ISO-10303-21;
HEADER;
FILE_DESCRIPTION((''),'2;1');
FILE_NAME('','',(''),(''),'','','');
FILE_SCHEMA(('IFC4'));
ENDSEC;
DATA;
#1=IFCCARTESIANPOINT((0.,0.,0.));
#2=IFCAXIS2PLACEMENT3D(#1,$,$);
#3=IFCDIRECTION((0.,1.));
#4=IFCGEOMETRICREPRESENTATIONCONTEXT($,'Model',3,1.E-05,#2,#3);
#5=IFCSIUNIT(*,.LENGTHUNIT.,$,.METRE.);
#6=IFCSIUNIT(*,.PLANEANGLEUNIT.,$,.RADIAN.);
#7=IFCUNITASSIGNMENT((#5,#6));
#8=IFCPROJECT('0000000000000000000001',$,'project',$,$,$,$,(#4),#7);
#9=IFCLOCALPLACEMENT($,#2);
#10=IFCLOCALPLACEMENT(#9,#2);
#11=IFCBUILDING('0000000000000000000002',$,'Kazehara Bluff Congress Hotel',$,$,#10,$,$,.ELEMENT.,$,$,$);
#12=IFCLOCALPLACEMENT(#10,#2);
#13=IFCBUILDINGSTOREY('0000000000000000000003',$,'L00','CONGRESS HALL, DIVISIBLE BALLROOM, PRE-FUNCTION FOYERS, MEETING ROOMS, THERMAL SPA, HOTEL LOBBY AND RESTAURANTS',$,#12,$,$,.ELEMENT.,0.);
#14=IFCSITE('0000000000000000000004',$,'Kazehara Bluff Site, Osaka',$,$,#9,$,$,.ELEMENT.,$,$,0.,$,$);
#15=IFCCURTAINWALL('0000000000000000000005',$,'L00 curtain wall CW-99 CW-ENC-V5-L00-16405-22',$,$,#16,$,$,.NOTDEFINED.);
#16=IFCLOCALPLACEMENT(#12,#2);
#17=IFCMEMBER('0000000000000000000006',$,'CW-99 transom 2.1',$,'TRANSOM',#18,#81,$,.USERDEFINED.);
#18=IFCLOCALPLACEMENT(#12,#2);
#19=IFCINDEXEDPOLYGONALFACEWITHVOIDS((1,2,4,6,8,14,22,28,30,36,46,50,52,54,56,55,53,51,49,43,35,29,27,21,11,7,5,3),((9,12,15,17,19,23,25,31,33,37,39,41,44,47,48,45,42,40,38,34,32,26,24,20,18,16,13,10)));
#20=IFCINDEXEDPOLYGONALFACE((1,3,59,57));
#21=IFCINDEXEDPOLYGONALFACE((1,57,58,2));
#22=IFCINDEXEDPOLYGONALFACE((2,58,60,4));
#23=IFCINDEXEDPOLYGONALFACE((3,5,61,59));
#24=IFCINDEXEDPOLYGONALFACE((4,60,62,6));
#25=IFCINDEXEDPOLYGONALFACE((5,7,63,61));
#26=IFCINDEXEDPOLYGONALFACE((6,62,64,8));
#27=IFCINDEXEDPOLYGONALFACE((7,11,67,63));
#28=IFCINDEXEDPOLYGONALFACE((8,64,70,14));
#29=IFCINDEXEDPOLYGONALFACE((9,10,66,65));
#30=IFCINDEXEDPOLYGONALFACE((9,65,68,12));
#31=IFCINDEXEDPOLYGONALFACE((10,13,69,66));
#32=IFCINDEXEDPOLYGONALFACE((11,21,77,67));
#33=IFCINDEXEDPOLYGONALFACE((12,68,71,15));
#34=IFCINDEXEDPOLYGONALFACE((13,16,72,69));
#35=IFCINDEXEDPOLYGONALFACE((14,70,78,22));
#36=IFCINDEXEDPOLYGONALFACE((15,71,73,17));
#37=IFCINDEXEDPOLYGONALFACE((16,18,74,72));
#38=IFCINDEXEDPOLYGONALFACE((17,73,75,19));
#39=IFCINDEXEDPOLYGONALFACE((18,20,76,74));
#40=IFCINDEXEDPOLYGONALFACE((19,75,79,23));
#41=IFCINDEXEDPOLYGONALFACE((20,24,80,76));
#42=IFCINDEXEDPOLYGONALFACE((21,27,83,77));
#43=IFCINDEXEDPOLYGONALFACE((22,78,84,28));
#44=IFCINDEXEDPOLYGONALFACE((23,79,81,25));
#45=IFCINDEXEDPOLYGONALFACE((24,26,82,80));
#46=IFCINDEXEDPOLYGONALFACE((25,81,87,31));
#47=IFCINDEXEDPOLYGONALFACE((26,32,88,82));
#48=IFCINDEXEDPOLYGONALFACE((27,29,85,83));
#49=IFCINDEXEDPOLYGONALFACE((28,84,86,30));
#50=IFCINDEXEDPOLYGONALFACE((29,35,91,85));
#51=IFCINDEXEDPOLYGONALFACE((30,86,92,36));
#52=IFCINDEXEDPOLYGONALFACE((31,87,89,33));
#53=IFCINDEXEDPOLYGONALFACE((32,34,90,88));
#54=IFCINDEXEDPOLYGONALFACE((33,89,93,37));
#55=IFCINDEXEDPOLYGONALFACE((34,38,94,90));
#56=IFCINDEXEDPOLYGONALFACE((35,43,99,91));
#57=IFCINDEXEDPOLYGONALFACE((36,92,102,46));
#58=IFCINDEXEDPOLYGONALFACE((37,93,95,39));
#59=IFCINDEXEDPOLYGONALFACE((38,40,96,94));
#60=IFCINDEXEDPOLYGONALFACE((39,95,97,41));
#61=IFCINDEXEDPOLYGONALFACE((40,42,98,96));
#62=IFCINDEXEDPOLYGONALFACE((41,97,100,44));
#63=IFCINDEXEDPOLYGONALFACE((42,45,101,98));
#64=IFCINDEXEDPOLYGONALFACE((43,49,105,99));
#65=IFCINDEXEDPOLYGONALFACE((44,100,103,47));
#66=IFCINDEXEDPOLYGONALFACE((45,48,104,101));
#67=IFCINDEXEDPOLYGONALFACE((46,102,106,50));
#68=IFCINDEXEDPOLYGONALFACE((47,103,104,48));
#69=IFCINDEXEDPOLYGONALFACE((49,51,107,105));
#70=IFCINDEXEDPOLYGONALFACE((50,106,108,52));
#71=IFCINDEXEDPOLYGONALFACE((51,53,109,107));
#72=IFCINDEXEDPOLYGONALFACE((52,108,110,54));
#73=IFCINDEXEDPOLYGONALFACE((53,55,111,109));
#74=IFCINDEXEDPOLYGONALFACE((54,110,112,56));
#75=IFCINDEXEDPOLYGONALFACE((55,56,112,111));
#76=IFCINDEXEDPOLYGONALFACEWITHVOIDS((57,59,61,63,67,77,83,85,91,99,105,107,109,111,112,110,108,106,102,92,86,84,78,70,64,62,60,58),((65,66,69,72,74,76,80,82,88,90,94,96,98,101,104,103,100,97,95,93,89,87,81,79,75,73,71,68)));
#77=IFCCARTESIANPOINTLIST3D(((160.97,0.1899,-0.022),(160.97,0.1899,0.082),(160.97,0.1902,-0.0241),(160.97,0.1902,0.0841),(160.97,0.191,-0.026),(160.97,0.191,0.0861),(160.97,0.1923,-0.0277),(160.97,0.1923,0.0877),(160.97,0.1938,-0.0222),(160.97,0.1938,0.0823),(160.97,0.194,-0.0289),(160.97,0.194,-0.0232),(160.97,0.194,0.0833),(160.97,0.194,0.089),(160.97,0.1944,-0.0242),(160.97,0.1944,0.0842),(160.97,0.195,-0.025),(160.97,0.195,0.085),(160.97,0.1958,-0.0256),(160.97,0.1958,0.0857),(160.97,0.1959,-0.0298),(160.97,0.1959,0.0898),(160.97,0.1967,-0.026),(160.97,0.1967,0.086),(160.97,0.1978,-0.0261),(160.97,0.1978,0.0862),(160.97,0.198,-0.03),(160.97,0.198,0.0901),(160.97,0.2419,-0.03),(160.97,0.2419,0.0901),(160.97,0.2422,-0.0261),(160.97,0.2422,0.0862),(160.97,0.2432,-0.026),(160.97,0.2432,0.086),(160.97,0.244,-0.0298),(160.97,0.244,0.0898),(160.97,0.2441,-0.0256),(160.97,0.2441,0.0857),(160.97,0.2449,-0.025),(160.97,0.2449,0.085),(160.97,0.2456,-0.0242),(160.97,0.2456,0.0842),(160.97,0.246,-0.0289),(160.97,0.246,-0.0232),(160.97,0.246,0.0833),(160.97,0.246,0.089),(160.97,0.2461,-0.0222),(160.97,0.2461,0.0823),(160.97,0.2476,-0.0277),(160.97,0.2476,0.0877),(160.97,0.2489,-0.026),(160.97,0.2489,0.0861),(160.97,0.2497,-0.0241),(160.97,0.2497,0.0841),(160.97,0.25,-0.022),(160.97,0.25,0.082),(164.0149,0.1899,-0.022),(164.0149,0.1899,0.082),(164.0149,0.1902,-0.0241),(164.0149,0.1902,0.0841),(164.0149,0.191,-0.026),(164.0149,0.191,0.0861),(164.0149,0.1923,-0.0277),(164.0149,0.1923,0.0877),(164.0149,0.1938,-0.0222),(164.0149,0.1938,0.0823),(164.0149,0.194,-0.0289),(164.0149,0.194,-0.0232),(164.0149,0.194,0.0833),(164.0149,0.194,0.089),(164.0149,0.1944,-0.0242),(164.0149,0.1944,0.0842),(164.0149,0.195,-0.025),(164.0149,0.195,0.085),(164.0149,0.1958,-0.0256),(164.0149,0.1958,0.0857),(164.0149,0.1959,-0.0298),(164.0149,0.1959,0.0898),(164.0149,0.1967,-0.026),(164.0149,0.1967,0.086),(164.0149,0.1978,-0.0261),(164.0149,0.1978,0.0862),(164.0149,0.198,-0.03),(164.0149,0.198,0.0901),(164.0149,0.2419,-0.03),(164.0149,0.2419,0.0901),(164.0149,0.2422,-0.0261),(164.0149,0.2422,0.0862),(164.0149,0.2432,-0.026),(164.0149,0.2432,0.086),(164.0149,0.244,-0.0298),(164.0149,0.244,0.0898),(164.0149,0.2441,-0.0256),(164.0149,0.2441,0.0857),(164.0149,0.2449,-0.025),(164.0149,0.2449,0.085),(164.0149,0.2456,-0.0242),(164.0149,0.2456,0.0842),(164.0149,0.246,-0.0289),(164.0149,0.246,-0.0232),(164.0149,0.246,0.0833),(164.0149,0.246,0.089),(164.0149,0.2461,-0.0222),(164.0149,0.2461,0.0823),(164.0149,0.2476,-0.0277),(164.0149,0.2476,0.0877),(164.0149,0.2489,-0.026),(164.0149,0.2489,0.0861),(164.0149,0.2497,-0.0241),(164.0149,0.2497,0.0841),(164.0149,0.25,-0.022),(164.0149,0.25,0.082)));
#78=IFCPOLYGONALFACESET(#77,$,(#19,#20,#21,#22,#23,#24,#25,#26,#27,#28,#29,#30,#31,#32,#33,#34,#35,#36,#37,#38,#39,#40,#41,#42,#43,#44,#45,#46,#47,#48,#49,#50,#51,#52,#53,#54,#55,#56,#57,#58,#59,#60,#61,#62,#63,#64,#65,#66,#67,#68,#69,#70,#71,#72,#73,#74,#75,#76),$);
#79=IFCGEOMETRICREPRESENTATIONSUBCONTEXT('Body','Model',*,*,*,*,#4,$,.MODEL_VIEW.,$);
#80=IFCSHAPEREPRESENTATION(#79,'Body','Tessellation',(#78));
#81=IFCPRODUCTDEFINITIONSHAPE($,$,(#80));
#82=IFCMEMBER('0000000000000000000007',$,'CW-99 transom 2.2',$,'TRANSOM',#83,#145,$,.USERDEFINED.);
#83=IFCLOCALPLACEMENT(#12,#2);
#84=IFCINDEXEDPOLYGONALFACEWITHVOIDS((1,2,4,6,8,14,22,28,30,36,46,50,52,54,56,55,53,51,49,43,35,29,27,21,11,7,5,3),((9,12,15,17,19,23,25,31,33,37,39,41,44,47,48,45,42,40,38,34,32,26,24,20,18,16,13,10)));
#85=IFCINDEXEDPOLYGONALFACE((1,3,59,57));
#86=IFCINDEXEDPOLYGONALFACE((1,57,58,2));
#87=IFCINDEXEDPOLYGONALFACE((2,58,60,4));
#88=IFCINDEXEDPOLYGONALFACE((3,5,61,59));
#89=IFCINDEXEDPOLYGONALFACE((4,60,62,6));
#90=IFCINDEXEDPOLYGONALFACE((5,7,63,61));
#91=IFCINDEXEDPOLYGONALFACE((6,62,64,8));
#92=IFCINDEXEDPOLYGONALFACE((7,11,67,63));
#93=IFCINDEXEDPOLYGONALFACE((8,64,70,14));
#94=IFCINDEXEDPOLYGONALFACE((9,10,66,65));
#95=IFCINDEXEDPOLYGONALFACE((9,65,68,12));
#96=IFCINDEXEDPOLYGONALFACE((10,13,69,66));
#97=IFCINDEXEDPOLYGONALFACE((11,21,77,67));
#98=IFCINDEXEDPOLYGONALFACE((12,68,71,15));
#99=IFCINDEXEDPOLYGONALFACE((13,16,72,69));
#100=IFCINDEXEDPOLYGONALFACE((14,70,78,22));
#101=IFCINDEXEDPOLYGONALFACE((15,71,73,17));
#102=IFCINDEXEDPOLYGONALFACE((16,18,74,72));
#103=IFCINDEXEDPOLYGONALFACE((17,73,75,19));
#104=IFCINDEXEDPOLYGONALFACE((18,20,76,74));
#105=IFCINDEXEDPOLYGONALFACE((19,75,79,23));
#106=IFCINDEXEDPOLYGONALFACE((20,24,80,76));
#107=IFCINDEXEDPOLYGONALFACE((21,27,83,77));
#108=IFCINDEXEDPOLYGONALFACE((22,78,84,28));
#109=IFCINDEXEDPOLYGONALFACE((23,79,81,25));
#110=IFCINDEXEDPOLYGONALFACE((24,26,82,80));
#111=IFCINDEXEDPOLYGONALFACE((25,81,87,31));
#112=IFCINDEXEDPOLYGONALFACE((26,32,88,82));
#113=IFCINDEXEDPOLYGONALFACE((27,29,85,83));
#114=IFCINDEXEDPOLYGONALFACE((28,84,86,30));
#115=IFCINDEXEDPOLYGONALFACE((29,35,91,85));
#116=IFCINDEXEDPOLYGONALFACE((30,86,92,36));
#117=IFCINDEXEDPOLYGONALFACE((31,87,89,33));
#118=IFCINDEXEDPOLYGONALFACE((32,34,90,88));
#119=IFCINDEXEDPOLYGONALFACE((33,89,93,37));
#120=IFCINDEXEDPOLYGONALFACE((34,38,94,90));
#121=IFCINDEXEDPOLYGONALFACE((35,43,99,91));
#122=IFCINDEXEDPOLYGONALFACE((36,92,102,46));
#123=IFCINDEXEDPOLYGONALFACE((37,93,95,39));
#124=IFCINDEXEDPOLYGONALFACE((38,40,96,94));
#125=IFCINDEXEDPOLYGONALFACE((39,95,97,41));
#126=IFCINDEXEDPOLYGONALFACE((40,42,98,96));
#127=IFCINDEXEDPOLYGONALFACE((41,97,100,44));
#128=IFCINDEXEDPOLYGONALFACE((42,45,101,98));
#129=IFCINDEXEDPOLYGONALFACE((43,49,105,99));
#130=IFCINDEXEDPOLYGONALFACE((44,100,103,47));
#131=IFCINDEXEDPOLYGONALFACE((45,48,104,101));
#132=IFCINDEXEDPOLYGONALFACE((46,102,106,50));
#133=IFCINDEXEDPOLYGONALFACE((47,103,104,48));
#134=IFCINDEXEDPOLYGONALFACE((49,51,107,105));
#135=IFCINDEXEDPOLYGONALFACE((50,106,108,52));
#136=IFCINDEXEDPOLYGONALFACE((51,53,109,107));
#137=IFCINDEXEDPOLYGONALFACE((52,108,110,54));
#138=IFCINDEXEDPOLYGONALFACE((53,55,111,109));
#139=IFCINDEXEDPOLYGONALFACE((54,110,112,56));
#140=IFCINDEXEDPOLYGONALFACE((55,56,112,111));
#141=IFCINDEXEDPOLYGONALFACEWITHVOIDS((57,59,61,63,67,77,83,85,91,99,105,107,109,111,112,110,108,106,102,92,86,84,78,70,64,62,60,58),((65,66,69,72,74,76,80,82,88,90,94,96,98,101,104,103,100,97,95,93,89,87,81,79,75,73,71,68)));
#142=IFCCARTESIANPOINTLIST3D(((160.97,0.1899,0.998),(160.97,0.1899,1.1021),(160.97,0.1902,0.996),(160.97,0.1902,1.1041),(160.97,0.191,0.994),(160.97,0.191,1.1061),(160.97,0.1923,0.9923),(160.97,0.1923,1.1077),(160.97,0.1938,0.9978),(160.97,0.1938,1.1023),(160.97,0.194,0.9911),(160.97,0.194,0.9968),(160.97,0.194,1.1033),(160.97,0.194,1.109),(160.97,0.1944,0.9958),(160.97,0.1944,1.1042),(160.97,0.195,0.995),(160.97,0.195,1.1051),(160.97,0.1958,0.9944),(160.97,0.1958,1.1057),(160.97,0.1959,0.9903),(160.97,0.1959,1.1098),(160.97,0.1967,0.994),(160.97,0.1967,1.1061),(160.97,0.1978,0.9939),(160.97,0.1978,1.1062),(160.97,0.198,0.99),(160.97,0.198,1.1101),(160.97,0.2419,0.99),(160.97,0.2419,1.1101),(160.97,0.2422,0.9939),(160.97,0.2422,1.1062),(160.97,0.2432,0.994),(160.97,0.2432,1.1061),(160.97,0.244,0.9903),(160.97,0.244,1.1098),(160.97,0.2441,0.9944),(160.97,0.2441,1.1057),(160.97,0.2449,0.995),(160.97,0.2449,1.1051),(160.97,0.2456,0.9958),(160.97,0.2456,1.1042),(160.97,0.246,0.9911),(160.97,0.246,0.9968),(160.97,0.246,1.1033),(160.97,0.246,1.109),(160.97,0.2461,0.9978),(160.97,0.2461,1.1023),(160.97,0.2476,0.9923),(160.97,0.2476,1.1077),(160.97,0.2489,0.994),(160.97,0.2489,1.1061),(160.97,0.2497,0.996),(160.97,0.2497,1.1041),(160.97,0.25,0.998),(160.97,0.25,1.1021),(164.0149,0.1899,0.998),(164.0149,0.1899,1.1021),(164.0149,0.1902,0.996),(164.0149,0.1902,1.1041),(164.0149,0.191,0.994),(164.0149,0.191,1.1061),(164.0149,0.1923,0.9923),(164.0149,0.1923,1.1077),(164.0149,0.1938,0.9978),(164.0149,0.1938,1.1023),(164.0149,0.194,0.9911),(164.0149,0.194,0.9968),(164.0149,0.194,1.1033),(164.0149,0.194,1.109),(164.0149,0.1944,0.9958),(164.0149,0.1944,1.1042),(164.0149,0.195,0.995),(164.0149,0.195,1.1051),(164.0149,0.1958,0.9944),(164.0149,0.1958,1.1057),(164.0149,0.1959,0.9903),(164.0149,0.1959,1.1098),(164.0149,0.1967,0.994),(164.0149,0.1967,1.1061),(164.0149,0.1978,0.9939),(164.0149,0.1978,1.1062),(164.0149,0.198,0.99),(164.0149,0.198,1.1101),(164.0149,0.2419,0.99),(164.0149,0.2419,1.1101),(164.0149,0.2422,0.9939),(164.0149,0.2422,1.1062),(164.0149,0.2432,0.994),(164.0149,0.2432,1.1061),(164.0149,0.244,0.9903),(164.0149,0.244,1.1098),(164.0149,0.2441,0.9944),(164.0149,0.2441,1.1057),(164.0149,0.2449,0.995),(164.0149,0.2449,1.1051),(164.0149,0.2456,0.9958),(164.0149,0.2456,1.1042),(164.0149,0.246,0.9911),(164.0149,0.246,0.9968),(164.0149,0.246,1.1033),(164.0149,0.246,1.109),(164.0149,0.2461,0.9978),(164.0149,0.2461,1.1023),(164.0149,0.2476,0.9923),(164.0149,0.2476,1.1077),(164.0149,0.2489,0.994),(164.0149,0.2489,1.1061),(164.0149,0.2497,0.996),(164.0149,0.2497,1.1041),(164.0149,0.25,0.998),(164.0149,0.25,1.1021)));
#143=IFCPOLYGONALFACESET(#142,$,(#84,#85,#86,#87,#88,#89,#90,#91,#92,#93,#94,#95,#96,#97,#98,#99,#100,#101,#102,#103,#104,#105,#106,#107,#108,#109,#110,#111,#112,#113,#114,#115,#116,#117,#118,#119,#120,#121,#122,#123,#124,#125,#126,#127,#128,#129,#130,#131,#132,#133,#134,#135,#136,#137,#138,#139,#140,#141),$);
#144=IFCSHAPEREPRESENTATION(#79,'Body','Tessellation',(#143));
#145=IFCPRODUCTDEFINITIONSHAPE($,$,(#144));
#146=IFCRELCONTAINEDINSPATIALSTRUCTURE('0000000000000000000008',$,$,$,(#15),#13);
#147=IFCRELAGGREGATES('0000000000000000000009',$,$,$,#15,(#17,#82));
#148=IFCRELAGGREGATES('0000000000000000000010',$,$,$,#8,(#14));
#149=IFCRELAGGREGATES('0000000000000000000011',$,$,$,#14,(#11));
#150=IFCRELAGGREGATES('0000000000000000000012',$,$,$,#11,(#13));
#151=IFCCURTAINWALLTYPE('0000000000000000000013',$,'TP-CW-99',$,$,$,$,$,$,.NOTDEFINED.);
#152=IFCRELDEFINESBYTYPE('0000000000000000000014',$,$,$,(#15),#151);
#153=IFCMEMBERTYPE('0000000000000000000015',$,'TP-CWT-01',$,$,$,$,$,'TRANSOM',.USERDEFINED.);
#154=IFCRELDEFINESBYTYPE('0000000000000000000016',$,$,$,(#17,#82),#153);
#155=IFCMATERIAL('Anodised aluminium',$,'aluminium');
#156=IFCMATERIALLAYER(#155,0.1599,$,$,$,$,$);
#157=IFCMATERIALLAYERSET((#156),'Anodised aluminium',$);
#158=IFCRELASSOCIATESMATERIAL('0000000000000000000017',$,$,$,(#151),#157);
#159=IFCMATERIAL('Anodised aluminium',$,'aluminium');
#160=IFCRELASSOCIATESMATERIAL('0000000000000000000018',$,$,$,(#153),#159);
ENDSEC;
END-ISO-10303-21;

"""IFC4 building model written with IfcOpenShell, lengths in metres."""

from ifc_helpers import new_model, si_unit, direction, frame, origin, origin_2d, place, context, subcontext, project, spatial, hollow_rectangle, extrude, material, layer, layer_set, material_profile, profile_set, type_object, element, aggregate, save


model = new_model("IFC4")

# Units and contexts
model_context = context("Model", 3, precision=1e-05, world=origin(), true_north=direction((0.0, 1.0)))
body_context = subcontext(model_context, "Body", "Model", "MODEL_VIEW")
ifc_project = project(units=[si_unit("LENGTHUNIT", "METRE"), si_unit("PLANEANGLEUNIT", "RADIAN")], contexts=[model_context])

# Site, building, storey
site_placement = place(None, origin())
site = spatial("IfcSite", under=ifc_project, at=site_placement, Name="Kazehara Bluff Site, Osaka", CompositionType="ELEMENT", RefElevation=0.0)
building_placement = place(site_placement, origin())
building = spatial("IfcBuilding", under=site, at=building_placement, Name="Kazehara Bluff Congress Hotel", CompositionType="ELEMENT")
storey_placement = place(building_placement, origin())
storey = spatial("IfcBuildingStorey", under=building, at=storey_placement, Name="L00", Description="CONGRESS HALL, DIVISIBLE BALLROOM, PRE-FUNCTION FOYERS, MEETING ROOMS, THERMAL SPA, HOTEL LOBBY AND RESTAURANTS", CompositionType="ELEMENT", Elevation=0.0)

# Curtain wall, members
ifc_material_1 = material(Name="Anodised aluminium", Category="aluminium")
ifc_layer_1 = layer(ifc_material_1, 0.1599)
ifc_layer_set_1 = layer_set([ifc_layer_1], Name="Anodised aluminium")
curtain_wall_type = type_object("IfcCurtainWallType", Name="TP-CW-99", PredefinedType="NOTDEFINED", material=ifc_layer_set_1)
curtain_wall_placement = place(storey_placement, origin())
curtain_wall = element("IfcCurtainWall", 1, at=curtain_wall_placement, inside=storey, type_object=curtain_wall_type, Name="L00 curtain wall CW-99 CW-ENC-V5-L00-16405-22", PredefinedType="NOTDEFINED")
ifc_material_2 = material(Name="Anodised aluminium", Category="aluminium")
ifc_material_profile_1 = material_profile(ifc_material_2, hollow_rectangle(XDim=0.0601, YDim=0.1201, WallThickness=0.0039, InnerFilletRadius=0.0039, OuterFilletRadius=0.0081, at=origin_2d()))
ifc_profile_set_1 = profile_set([ifc_material_profile_1], Name="Anodised aluminium")
member_type_1 = type_object("IfcMemberType", Name="TP-CWT-01", ElementType="TRANSOM", PredefinedType="USERDEFINED", material=ifc_profile_set_1)
member_1_placement = place(storey_placement, frame((164.0149, 0.22, 0.03), z_axis=(-1.0, 0.0, 0.0), x_axis=(0.0, -1.0, 0.0)))
member_1 = element("IfcMember", 2, at=member_1_placement, type_object=member_type_1, Name="CW-99 transom 2.1", ObjectType="TRANSOM", PredefinedType="USERDEFINED", context=body_context, shape_type="SweptSolid", body=[
    extrude(hollow_rectangle(XDim=0.0601, YDim=0.1201, WallThickness=0.0039, InnerFilletRadius=0.0039, OuterFilletRadius=0.0081, at=origin_2d()), origin(), (0.0, 0.0, 1.0), 3.0449),
])
member_2_placement = place(storey_placement, frame((164.0149, 0.22, 1.05), z_axis=(-1.0, 0.0, 0.0), x_axis=(0.0, -1.0, 0.0)))
member_2 = element("IfcMember", 3, at=member_2_placement, type_object=member_type_1, Name="CW-99 transom 2.2", ObjectType="TRANSOM", PredefinedType="USERDEFINED", context=body_context, shape_type="SweptSolid", body=[
    extrude(hollow_rectangle(XDim=0.0601, YDim=0.1201, WallThickness=0.0039, InnerFilletRadius=0.0039, OuterFilletRadius=0.0081, at=origin_2d()), origin(), (0.0, 0.0, 1.0), 3.0449),
])

aggregate(curtain_wall, [member_1, member_2])

save(model, "model.ifc")
